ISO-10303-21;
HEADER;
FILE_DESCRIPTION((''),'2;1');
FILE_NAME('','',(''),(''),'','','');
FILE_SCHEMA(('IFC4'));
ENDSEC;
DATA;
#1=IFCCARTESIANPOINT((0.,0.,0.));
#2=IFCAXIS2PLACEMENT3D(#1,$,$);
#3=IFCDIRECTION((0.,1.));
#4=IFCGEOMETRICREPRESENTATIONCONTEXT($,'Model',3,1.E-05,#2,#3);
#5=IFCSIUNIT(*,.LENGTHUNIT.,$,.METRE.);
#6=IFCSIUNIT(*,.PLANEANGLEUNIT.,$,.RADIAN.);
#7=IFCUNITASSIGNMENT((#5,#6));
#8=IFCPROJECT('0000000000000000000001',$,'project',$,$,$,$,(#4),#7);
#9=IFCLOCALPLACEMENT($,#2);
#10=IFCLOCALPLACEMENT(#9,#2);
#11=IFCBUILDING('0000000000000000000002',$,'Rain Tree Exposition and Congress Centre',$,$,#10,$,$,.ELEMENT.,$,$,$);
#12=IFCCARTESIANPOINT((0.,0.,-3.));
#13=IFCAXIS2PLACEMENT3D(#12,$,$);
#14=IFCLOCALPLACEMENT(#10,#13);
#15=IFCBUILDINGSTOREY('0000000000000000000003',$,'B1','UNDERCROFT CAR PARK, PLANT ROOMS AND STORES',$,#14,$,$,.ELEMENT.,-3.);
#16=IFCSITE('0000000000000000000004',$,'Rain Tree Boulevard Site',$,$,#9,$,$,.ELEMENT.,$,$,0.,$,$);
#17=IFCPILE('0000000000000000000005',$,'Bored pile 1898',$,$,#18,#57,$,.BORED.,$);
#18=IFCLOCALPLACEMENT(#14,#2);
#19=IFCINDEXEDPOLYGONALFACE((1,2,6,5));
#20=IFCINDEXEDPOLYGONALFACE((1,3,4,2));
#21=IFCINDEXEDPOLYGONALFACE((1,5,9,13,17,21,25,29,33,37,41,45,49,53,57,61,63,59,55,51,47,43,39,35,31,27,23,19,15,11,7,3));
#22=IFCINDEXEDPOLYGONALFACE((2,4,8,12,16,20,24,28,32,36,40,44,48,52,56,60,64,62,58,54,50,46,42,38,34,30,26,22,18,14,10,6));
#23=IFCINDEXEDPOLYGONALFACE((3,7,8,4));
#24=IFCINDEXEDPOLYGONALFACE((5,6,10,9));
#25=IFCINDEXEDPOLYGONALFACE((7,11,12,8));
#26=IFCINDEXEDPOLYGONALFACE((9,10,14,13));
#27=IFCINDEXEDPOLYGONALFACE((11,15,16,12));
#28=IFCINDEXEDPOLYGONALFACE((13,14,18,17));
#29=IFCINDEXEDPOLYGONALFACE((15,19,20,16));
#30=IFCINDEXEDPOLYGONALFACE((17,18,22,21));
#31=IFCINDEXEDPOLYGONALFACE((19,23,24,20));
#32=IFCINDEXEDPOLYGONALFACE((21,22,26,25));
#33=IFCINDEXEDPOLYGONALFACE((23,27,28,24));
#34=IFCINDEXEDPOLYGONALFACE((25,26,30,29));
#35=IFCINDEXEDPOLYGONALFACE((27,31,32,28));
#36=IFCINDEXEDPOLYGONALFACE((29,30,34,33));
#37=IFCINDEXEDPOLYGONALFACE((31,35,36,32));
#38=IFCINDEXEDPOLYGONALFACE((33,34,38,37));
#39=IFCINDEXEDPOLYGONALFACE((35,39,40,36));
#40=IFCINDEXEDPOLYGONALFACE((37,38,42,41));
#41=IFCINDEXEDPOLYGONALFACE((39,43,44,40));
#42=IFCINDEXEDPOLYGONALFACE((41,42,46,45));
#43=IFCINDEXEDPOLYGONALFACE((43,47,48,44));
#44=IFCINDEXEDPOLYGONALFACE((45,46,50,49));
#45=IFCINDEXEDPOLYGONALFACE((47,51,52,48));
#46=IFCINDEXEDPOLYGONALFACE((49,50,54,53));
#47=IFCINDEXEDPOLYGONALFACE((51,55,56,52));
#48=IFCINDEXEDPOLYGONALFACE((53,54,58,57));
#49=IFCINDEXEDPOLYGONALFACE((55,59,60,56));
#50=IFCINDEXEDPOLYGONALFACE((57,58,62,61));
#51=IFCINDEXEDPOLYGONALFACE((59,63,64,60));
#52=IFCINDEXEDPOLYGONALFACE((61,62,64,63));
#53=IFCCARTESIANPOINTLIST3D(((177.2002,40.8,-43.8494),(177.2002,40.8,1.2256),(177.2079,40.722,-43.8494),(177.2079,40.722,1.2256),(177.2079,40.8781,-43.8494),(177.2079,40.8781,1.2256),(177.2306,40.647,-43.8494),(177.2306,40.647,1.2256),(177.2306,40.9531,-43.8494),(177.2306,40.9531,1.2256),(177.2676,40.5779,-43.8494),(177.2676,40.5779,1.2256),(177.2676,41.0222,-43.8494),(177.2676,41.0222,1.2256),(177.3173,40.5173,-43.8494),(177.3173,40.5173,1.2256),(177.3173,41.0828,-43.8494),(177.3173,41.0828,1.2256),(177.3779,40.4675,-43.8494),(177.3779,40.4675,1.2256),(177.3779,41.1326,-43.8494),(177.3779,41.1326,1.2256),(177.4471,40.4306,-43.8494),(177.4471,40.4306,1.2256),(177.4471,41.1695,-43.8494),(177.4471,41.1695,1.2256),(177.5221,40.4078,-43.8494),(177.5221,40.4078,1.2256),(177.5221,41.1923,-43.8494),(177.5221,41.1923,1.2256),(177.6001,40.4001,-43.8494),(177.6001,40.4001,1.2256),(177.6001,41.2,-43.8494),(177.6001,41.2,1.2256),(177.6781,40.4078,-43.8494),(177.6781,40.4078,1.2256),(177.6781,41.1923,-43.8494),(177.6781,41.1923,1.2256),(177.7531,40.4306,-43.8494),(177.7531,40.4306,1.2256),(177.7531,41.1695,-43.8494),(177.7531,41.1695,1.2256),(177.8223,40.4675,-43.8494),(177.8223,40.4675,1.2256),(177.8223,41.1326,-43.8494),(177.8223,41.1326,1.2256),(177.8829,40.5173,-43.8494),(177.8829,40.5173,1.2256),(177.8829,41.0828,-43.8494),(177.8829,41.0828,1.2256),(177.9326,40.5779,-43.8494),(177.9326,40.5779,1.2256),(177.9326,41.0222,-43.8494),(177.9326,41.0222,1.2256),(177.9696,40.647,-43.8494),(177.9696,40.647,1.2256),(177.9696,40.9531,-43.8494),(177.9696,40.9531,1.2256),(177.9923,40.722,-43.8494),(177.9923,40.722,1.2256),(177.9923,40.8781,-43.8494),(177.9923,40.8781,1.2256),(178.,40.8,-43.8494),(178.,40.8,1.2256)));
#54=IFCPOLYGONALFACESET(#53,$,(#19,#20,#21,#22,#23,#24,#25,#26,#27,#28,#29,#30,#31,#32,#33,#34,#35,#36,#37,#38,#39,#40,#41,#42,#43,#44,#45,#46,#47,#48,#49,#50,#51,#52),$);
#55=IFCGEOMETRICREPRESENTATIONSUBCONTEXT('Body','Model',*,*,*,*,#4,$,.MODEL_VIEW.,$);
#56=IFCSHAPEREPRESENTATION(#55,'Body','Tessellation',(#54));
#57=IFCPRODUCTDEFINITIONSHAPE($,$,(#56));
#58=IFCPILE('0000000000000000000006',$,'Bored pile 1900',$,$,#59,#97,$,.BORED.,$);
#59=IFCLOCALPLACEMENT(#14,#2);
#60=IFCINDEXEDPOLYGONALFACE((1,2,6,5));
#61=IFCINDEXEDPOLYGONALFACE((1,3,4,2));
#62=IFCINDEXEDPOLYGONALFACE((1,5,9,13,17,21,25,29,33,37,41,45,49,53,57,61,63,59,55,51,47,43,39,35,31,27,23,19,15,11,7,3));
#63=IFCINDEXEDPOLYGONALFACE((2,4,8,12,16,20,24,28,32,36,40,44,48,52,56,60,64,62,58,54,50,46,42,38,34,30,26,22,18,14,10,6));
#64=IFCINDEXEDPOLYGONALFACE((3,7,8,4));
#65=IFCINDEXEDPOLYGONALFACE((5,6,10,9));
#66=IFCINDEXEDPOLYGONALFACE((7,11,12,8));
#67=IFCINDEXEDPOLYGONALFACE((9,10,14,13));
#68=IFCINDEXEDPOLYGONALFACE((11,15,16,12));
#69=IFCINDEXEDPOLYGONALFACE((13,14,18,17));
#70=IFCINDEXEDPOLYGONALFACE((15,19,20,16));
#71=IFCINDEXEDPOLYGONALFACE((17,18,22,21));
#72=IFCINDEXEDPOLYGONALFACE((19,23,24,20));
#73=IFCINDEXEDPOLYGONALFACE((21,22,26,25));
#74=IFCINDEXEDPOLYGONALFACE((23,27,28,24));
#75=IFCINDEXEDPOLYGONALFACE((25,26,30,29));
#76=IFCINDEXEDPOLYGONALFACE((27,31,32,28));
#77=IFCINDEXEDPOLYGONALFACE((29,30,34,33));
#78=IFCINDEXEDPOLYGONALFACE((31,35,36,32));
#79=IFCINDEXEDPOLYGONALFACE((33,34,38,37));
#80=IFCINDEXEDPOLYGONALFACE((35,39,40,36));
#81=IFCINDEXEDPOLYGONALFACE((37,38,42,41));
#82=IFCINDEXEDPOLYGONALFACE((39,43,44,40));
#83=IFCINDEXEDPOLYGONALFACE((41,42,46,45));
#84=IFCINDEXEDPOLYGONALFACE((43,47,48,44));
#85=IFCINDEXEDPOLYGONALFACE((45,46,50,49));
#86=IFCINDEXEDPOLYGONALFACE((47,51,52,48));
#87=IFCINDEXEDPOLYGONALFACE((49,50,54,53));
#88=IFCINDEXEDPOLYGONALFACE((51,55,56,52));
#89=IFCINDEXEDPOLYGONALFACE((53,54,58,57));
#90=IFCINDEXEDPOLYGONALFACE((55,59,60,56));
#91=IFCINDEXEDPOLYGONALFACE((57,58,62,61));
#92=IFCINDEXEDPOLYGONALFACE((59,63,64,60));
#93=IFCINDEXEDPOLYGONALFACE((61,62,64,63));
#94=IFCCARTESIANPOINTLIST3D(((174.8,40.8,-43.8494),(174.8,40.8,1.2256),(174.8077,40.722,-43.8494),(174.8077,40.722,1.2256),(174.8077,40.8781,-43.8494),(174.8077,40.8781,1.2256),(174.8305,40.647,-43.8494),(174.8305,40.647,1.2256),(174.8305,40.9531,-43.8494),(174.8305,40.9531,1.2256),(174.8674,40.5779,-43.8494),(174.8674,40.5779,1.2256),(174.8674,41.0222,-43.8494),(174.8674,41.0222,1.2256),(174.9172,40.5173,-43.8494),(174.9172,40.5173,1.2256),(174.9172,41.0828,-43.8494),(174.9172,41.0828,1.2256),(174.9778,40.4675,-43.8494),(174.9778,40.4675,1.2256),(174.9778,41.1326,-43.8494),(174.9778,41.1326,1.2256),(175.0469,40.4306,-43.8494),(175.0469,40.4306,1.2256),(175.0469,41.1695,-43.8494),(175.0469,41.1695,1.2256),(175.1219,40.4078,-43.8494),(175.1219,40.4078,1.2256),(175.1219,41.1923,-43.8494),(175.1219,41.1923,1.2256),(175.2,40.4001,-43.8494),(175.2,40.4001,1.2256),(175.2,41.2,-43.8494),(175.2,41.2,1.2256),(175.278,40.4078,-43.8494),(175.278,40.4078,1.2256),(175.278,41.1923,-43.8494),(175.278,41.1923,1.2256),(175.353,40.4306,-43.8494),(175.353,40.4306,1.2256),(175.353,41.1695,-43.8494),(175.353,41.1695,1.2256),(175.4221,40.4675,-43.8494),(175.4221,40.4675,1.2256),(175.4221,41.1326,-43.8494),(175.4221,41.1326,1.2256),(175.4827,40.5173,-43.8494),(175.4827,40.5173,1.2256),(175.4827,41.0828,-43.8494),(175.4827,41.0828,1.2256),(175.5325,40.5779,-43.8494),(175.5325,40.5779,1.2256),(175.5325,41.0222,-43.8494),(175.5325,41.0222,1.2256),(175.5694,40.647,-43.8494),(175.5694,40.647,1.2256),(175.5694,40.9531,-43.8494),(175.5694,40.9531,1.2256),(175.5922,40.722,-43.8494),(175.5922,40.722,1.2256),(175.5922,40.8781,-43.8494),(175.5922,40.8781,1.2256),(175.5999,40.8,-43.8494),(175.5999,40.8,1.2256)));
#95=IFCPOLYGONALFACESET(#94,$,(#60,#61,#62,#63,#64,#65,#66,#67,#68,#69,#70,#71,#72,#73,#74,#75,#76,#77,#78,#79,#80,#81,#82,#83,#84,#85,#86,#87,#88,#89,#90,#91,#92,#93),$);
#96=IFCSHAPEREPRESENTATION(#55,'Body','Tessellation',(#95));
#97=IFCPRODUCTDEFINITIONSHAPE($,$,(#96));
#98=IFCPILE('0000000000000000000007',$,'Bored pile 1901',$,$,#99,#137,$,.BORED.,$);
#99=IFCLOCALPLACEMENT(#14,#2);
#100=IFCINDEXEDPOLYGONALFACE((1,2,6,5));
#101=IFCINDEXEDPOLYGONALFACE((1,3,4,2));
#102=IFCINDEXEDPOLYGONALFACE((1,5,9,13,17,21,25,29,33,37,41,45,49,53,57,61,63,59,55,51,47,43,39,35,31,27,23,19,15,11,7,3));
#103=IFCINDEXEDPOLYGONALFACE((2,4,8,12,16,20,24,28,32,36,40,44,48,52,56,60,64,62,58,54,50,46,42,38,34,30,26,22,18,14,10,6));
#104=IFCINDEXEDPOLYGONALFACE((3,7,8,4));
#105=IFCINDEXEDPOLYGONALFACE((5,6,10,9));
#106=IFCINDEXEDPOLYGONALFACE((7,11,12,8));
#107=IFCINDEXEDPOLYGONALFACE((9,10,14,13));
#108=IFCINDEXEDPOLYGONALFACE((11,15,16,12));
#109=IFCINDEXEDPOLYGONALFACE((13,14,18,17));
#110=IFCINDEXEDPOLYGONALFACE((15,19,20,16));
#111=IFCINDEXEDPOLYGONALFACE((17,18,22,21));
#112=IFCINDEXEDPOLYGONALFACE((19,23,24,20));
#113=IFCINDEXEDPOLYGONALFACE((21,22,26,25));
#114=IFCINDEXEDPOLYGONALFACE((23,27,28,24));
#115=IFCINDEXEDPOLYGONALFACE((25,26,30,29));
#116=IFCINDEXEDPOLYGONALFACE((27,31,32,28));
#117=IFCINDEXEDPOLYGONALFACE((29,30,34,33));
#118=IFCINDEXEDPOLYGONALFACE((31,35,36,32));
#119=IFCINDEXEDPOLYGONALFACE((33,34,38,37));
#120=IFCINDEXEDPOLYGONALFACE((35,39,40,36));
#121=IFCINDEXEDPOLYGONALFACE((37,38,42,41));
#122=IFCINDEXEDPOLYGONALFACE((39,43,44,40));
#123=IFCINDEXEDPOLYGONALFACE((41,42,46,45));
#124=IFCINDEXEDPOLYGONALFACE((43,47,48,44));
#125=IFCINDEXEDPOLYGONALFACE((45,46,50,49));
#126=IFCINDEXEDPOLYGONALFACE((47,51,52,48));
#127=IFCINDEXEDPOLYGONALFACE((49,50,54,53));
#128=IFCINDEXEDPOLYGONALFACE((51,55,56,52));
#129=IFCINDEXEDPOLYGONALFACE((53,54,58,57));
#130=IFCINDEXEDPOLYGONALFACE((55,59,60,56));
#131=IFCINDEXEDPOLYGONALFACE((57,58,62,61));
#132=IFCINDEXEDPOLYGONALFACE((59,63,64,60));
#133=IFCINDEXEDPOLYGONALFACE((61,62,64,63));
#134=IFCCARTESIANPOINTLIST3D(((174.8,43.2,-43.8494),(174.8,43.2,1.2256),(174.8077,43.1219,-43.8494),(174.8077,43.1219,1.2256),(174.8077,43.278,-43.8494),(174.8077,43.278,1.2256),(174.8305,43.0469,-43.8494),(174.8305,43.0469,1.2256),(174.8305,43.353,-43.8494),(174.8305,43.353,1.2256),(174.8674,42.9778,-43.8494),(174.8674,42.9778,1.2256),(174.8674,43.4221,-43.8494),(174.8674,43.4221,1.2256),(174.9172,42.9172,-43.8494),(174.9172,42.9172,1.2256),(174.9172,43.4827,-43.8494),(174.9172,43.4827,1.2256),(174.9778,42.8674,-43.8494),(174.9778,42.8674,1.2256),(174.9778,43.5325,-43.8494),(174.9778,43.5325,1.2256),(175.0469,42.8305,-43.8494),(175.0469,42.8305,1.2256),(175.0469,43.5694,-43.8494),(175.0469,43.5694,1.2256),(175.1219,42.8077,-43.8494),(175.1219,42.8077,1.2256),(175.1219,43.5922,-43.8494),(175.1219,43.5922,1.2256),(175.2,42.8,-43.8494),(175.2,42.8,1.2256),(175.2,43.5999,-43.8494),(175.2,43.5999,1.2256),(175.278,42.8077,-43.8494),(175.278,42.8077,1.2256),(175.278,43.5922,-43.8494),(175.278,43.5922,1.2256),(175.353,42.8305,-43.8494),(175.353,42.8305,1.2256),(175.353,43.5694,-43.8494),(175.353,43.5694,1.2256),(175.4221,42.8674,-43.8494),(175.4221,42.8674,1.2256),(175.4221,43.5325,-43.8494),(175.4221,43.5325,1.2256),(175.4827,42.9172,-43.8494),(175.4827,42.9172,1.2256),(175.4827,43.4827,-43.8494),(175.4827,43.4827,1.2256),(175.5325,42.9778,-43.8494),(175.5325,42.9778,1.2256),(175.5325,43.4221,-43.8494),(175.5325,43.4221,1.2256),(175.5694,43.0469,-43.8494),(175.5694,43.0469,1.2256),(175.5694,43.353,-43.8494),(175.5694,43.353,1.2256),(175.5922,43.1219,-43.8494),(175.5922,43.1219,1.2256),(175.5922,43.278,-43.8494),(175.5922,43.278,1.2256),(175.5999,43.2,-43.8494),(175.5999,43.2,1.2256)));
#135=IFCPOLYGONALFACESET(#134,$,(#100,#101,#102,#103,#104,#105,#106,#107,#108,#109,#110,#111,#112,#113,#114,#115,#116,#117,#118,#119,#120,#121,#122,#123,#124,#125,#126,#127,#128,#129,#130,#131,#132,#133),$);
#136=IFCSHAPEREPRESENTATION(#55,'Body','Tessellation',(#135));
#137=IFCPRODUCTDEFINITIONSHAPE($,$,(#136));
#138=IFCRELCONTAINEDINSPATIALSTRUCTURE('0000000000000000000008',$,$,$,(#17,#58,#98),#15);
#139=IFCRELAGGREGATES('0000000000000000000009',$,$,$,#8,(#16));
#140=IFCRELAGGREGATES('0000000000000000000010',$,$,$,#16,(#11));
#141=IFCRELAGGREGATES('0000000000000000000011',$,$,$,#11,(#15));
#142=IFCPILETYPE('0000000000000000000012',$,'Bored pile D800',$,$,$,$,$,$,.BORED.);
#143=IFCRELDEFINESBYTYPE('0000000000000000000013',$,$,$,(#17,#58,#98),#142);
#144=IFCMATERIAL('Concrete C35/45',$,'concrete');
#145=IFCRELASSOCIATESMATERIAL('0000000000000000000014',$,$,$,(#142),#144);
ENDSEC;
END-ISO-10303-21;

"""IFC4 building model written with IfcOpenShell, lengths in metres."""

from ifc_helpers import new_model, si_unit, direction, frame, origin, origin_2d, place, context, subcontext, project, spatial, circle, extrude, material, material_profile, profile_set, type_object, element, save


model = new_model("IFC4")

# Units and contexts
model_context = context("Model", 3, precision=1e-05, world=origin(), true_north=direction((0.0, 1.0)))
body_context = subcontext(model_context, "Body", "Model", "MODEL_VIEW")
ifc_project = project(units=[si_unit("LENGTHUNIT", "METRE"), si_unit("PLANEANGLEUNIT", "RADIAN")], contexts=[model_context])

# Site, building, storey
site_placement = place(None, origin())
site = spatial("IfcSite", under=ifc_project, at=site_placement, Name="Rain Tree Boulevard Site", CompositionType="ELEMENT", RefElevation=0.0)
building_placement = place(site_placement, origin())
building = spatial("IfcBuilding", under=site, at=building_placement, Name="Rain Tree Exposition and Congress Centre", CompositionType="ELEMENT")
storey_placement = place(building_placement, frame((0.0, 0.0, -3.0)))
storey = spatial("IfcBuildingStorey", under=building, at=storey_placement, Name="B1", Description="UNDERCROFT CAR PARK, PLANT ROOMS AND STORES", CompositionType="ELEMENT", Elevation=-3.0)

# Piles
ifc_material_1 = material(Name="Concrete C35/45", Category="concrete")
ifc_material_profile_1 = material_profile(ifc_material_1, circle(Radius=0.3999, at=origin_2d()), Name="D800")
ifc_profile_set_1 = profile_set([ifc_material_profile_1], Name="Concrete C35/45")
pile_type_1 = type_object("IfcPileType", Name="Bored pile D800", PredefinedType="BORED", material=ifc_profile_set_1)
for number, where, z_axis, x_axis, name in (
    (1, (177.6001, 40.8, 1.2256), (0.0, 0.0, -1.0), (1.0, 0.0, 0.0), "Bored pile 1898"),
    (2, (175.2, 40.8, 1.2256), (0.0, 0.0, -1.0), (1.0, 0.0, 0.0), "Bored pile 1900"),
    (3, (175.2, 43.2, 1.2256), (0.0, 0.0, -1.0), (1.0, 0.0, 0.0), "Bored pile 1901"),
):
    element("IfcPile", number, at=place(storey_placement, frame(where, z_axis=z_axis, x_axis=x_axis)), inside=storey, type_object=pile_type_1, Name=name, PredefinedType="BORED", context=body_context, shape_type="SweptSolid", body=[
        extrude(circle(Radius=0.3999, at=origin_2d()), origin(), (0.0, 0.0, 1.0), 45.075),
    ])

save(model, "model.ifc")
